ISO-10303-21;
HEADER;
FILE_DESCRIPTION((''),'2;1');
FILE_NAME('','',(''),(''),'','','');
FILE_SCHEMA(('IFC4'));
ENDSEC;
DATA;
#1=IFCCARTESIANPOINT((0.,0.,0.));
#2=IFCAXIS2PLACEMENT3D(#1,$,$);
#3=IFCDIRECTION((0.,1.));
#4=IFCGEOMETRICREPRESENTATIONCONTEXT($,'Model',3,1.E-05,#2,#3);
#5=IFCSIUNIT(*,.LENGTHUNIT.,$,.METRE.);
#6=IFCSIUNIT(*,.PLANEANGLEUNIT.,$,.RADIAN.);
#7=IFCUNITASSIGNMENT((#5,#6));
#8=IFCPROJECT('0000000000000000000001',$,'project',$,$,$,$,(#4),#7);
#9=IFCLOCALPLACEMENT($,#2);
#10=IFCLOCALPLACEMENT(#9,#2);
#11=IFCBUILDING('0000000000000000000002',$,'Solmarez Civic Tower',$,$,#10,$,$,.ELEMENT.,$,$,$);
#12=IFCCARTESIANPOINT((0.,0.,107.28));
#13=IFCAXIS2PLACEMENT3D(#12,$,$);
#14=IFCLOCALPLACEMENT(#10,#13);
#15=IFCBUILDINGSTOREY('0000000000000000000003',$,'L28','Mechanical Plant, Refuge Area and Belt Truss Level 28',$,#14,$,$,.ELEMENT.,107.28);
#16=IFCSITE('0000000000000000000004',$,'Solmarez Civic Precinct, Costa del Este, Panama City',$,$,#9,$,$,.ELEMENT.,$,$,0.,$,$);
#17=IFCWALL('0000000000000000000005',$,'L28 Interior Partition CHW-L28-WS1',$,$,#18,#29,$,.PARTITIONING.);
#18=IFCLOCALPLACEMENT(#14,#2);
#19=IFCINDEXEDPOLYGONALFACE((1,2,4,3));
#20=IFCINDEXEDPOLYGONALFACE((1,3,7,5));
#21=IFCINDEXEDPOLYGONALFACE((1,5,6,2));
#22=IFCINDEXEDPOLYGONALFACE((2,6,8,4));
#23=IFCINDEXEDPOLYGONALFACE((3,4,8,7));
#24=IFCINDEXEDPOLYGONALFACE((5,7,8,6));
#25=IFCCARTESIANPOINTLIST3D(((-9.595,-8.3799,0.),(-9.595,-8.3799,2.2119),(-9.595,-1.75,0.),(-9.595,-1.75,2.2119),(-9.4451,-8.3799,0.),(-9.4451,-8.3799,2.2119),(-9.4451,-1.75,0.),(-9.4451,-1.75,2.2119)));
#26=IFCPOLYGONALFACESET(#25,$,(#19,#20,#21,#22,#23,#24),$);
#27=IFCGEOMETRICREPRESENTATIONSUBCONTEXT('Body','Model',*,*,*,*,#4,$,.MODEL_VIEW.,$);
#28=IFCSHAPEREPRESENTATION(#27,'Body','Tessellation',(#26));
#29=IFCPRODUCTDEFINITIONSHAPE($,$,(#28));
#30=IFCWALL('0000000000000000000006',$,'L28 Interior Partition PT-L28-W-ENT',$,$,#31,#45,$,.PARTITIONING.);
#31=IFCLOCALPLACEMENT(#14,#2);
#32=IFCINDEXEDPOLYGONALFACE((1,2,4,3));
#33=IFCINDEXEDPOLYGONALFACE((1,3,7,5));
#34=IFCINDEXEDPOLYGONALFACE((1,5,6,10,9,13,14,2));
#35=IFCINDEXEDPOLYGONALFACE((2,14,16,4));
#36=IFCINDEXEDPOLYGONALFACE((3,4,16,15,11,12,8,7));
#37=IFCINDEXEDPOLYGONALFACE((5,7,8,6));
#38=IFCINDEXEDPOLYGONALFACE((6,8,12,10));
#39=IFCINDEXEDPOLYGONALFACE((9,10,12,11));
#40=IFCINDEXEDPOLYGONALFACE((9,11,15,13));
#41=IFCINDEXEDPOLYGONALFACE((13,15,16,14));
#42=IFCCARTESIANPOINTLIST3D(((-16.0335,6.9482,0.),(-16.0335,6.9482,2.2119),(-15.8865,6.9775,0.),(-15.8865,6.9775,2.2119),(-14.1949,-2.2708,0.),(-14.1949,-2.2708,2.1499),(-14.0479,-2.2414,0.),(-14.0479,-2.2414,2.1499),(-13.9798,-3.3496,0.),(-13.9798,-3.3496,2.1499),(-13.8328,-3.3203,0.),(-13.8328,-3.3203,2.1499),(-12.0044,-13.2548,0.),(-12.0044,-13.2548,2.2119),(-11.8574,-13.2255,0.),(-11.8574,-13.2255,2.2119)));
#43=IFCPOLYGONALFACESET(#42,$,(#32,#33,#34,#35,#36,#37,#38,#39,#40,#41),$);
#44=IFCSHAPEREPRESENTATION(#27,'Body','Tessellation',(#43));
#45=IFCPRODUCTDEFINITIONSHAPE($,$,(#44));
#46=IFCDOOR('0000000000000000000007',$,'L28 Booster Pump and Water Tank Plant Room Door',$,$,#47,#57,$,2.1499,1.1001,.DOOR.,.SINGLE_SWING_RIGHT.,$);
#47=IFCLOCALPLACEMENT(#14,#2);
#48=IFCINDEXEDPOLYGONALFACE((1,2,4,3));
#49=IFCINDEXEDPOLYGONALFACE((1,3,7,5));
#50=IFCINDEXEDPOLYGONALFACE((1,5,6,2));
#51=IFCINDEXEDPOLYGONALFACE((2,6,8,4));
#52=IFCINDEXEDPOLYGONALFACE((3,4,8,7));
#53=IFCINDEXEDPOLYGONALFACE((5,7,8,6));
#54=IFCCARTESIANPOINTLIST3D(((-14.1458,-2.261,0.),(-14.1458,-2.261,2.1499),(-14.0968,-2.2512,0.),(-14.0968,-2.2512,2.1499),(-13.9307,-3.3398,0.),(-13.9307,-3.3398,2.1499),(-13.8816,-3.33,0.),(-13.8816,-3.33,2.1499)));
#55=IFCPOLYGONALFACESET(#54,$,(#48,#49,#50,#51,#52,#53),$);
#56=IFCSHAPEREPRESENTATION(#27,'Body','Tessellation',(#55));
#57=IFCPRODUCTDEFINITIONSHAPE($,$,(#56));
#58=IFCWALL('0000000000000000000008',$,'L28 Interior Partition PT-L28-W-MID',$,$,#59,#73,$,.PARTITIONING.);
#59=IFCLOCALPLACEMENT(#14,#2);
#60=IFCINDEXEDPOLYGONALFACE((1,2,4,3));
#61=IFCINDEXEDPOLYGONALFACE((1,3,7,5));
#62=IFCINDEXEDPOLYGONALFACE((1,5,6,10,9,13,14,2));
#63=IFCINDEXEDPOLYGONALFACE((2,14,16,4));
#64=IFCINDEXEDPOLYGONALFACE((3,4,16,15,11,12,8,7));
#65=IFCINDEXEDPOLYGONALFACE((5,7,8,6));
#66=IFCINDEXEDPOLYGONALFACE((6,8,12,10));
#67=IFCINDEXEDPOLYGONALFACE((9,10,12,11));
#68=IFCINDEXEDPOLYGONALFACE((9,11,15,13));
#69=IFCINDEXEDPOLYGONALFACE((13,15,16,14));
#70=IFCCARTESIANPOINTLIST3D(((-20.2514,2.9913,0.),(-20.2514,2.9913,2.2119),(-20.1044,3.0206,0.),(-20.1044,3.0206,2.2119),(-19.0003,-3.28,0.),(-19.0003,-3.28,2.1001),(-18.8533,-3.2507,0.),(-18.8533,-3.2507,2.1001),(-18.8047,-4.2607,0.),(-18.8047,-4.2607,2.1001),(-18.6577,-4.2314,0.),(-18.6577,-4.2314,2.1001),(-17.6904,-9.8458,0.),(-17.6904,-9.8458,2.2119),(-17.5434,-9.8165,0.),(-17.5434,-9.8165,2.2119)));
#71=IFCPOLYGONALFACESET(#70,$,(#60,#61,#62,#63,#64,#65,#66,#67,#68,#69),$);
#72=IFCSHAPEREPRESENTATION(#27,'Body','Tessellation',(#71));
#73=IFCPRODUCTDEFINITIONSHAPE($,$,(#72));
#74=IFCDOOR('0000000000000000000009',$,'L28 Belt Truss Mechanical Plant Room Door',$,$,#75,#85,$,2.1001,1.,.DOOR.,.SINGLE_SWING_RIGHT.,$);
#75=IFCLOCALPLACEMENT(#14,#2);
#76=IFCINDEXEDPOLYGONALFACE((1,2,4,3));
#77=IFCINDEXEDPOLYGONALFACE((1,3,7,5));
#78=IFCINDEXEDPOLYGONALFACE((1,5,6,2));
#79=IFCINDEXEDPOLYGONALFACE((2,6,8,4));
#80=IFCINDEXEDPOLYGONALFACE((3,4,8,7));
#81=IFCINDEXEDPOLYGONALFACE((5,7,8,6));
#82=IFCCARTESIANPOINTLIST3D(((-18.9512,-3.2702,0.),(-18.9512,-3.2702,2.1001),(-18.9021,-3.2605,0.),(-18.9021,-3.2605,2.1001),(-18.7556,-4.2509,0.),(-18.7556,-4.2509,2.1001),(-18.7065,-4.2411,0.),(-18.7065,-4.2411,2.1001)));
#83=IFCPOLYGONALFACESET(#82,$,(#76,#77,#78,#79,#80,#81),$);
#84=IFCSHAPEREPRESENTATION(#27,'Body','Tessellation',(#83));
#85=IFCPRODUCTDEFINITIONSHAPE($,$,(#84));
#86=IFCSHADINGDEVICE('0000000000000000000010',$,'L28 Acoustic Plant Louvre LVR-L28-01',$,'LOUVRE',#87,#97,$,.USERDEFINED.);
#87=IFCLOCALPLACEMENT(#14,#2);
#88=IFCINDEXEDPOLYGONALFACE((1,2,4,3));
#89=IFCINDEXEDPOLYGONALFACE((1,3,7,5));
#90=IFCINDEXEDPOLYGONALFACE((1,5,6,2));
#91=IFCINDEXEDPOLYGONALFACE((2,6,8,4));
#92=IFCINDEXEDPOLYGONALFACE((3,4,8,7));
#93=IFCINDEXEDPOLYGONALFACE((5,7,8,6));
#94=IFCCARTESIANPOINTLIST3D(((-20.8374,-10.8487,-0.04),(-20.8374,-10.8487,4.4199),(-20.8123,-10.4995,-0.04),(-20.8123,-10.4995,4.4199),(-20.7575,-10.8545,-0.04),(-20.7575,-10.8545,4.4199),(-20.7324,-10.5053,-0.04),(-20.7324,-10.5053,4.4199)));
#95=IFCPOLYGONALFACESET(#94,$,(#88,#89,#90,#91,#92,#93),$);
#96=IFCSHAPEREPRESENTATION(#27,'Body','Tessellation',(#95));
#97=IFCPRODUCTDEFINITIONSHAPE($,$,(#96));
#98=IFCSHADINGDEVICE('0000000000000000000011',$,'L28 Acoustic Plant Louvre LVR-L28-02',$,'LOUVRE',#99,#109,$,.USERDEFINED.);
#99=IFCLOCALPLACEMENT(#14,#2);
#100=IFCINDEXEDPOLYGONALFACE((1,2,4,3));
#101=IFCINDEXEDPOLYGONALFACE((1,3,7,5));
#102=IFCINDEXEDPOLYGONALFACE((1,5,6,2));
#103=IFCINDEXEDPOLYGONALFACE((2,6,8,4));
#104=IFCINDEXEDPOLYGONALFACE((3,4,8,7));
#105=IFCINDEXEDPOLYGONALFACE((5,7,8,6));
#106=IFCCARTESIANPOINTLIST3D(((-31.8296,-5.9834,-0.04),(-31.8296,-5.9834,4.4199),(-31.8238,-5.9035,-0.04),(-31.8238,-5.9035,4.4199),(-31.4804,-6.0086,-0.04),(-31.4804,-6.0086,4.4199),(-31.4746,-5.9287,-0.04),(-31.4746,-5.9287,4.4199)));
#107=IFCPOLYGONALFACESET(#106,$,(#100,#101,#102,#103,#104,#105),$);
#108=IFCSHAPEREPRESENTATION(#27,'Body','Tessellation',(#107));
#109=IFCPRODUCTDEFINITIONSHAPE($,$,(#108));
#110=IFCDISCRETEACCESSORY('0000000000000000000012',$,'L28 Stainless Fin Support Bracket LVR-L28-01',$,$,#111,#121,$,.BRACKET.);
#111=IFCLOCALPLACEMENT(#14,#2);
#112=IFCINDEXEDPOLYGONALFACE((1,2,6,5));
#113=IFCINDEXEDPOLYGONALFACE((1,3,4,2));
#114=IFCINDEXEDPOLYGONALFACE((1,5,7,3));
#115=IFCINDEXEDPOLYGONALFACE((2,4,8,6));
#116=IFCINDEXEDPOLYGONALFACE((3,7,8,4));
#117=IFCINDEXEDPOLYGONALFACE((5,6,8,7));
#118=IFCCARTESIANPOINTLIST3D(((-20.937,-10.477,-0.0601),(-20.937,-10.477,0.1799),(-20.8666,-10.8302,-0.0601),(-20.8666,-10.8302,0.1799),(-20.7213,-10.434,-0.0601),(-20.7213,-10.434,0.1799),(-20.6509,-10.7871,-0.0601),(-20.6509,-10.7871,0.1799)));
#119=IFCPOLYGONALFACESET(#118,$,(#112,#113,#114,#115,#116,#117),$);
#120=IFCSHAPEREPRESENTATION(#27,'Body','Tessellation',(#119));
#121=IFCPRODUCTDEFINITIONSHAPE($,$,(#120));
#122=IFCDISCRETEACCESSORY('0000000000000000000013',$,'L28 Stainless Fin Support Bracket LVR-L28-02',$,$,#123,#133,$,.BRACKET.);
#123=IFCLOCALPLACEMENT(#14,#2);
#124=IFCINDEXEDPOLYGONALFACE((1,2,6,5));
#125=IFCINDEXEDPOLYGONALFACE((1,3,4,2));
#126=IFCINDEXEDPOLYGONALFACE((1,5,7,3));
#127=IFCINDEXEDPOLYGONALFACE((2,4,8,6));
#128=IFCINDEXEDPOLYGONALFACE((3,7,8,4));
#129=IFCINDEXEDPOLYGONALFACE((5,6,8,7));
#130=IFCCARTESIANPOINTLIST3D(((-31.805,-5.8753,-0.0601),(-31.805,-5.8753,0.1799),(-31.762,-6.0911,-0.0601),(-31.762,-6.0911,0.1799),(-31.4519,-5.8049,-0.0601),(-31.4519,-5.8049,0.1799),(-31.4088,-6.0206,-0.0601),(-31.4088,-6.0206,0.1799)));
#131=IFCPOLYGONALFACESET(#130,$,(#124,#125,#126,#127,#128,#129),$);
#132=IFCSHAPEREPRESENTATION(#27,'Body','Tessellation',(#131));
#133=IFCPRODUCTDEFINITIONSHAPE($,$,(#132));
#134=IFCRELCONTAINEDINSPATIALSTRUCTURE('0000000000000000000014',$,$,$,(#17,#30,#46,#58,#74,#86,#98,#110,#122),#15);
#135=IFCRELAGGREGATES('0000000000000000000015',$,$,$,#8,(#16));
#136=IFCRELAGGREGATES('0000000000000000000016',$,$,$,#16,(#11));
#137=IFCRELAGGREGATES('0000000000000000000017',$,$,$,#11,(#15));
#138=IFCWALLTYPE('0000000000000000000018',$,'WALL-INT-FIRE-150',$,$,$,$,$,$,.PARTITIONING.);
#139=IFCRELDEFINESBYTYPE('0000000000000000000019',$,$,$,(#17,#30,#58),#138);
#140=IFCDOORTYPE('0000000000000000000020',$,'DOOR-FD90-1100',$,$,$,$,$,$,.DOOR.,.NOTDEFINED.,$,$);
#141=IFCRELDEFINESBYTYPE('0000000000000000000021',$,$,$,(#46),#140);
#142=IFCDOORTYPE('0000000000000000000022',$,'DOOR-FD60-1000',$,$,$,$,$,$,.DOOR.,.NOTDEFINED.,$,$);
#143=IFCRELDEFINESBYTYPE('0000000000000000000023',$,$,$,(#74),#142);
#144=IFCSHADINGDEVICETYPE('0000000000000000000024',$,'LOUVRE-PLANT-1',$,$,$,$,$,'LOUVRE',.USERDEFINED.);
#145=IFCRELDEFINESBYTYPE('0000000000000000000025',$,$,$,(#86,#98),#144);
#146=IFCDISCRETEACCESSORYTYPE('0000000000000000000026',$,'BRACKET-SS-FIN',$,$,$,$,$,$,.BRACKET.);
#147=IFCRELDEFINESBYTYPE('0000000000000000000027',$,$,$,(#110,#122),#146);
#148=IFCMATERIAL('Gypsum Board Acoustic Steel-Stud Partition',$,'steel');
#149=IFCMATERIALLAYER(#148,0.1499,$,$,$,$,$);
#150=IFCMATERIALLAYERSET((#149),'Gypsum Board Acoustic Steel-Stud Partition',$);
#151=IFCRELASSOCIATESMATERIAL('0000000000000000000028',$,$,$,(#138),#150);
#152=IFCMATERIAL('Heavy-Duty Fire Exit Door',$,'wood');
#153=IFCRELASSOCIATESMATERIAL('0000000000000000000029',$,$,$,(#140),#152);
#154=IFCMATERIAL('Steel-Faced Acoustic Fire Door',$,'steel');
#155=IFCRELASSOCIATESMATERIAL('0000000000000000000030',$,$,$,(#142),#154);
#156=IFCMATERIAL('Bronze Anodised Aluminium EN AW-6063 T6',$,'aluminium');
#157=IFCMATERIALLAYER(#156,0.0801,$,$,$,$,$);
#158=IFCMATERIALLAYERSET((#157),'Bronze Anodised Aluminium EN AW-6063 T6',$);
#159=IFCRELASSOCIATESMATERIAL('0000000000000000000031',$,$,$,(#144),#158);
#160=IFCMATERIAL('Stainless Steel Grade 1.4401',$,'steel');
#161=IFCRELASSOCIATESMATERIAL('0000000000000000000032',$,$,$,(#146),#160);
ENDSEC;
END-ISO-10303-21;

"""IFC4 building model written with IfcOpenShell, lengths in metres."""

from ifc_helpers import new_model, si_unit, direction, frame, frame_2d, origin, origin_2d, place, context, subcontext, project, spatial, rectangle, extrude, material, layer, layer_set, type_object, element, fill, save


model = new_model("IFC4")

# Units and contexts
model_context = context("Model", 3, precision=1e-05, world=origin(), true_north=direction((0.0, 1.0)))
body_context = subcontext(model_context, "Body", "Model", "MODEL_VIEW")
ifc_project = project(units=[si_unit("LENGTHUNIT", "METRE"), si_unit("PLANEANGLEUNIT", "RADIAN")], contexts=[model_context])

# Site, building, storey
site_placement = place(None, origin())
site = spatial("IfcSite", under=ifc_project, at=site_placement, Name="Solmarez Civic Precinct, Costa del Este, Panama City", CompositionType="ELEMENT", RefElevation=0.0)
building_placement = place(site_placement, origin())
building = spatial("IfcBuilding", under=site, at=building_placement, Name="Solmarez Civic Tower", CompositionType="ELEMENT")
storey_placement = place(building_placement, frame((0.0, 0.0, 107.28)))
storey = spatial("IfcBuildingStorey", under=building, at=storey_placement, Name="L28", Description="Mechanical Plant, Refuge Area and Belt Truss Level 28", CompositionType="ELEMENT", Elevation=107.28)

# Wall
ifc_material_1 = material(Name="Gypsum Board Acoustic Steel-Stud Partition", Category="steel")
ifc_layer_1 = layer(ifc_material_1, 0.1499)
ifc_layer_set_1 = layer_set([ifc_layer_1], Name="Gypsum Board Acoustic Steel-Stud Partition")
wall_type_1 = type_object("IfcWallType", Name="WALL-INT-FIRE-150", PredefinedType="PARTITIONING", material=ifc_layer_set_1)
wall_1_placement = place(storey_placement, frame((-9.52, -8.3799, 0.0), z_axis=(0.0, 0.0, 1.0), x_axis=(0.0, 1.0, 0.0)))
element("IfcWall", 1, at=wall_1_placement, inside=storey, type_object=wall_type_1, Name="L28 Interior Partition CHW-L28-WS1", PredefinedType="PARTITIONING", context=body_context, shape_type="SweptSolid", body=[
    extrude(rectangle(XDim=6.6299, YDim=0.1499, at=frame_2d((3.3149, 0.0))), origin(), (0.0, 0.0, 1.0), 2.2119),
])

# Walls, openings, doors
wall_2_placement = place(storey_placement, frame((-11.9309, -13.24, 0.0), z_axis=(0.0, 0.0, 1.0), x_axis=(-0.195578, 0.980688, 0.0)))
wall_2 = element("IfcWall", 2, at=wall_2_placement, inside=storey, type_object=wall_type_1, Name="L28 Interior Partition PT-L28-W-ENT", PredefinedType="PARTITIONING", context=body_context, shape_type="SweptSolid", body=[
    extrude(rectangle(XDim=20.6008, YDim=0.1499, at=frame_2d((10.3003, 0.0))), origin(), (0.0, 0.0, 1.0), 2.2119),
])
opening_1_placement = place(wall_2_placement, frame((10.1001, 0.0, 0.0)))
opening_1 = element("IfcOpeningElement", 3, at=opening_1_placement, cuts=wall_2, PredefinedType="OPENING", context=body_context, shape_type="SweptSolid", body=[
    extrude(rectangle(XDim=1.1001, YDim=2.1499, at=frame_2d((0.55, 1.075))), frame((0.0, 0.085, 0.0), z_axis=(0.0, -1.0, 0.0), x_axis=(1.0, 0.0, 0.0)), (0.0, 0.0, 1.0), 0.1699),
])
ifc_material_2 = material(Name="Heavy-Duty Fire Exit Door", Category="wood")
door_type_1 = type_object("IfcDoorType", Name="DOOR-FD90-1100", OperationType="NOTDEFINED", PredefinedType="DOOR", material=ifc_material_2)
door_1_placement = place(opening_1_placement, origin())
door_1 = element("IfcDoor", 4, at=door_1_placement, inside=storey, type_object=door_type_1, Name="L28 Booster Pump and Water Tank Plant Room Door", OperationType="SINGLE_SWING_RIGHT", OverallHeight=2.1499, OverallWidth=1.1001, PredefinedType="DOOR", context=body_context, shape_type="SweptSolid", body=[
    extrude(rectangle(XDim=1.1001, YDim=2.1499, at=frame_2d((0.55, 1.075))), frame((0.0, 0.0249, 0.0), z_axis=(0.0, -1.0, 0.0), x_axis=(1.0, 0.0, 0.0)), (0.0, 0.0, 1.0), 0.05),
])
fill(opening_1, door_1)
wall_3_placement = place(storey_placement, frame((-17.6169, -9.8311, 0.0), z_axis=(0.0, 0.0, 1.0), x_axis=(-0.195646, 0.980675, 0.0)))
wall_3 = element("IfcWall", 5, at=wall_3_placement, inside=storey, type_object=wall_type_1, Name="L28 Interior Partition PT-L28-W-MID", PredefinedType="PARTITIONING", context=body_context, shape_type="SweptSolid", body=[
    extrude(rectangle(XDim=13.0901, YDim=0.1499, at=frame_2d((6.5449, 0.0))), origin(), (0.0, 0.0, 1.0), 2.2119),
])
opening_2_placement = place(wall_3_placement, frame((5.6951, 0.0, 0.0)))
opening_2 = element("IfcOpeningElement", 6, at=opening_2_placement, cuts=wall_3, PredefinedType="OPENING", context=body_context, shape_type="SweptSolid", body=[
    extrude(rectangle(XDim=1.0, YDim=2.1001, at=frame_2d((0.5, 1.05))), frame((0.0, 0.085, 0.0), z_axis=(0.0, -1.0, 0.0), x_axis=(1.0, 0.0, 0.0)), (0.0, 0.0, 1.0), 0.1699),
])
ifc_material_3 = material(Name="Steel-Faced Acoustic Fire Door", Category="steel")
door_type_2 = type_object("IfcDoorType", Name="DOOR-FD60-1000", OperationType="NOTDEFINED", PredefinedType="DOOR", material=ifc_material_3)
door_2_placement = place(opening_2_placement, origin())
door_2 = element("IfcDoor", 7, at=door_2_placement, inside=storey, type_object=door_type_2, Name="L28 Belt Truss Mechanical Plant Room Door", OperationType="SINGLE_SWING_RIGHT", OverallHeight=2.1001, OverallWidth=1.0, PredefinedType="DOOR", context=body_context, shape_type="SweptSolid", body=[
    extrude(rectangle(XDim=1.0, YDim=2.1001, at=frame_2d((0.5, 1.05))), frame((0.0, 0.0249, 0.0), z_axis=(0.0, -1.0, 0.0), x_axis=(1.0, 0.0, 0.0)), (0.0, 0.0, 1.0), 0.05),
])
fill(opening_2, door_2)

# Shading devices
ifc_material_4 = material(Name="Bronze Anodised Aluminium EN AW-6063 T6", Category="aluminium")
ifc_layer_2 = layer(ifc_material_4, 0.0801)
ifc_layer_set_2 = layer_set([ifc_layer_2], Name="Bronze Anodised Aluminium EN AW-6063 T6")
shading_device_type = type_object("IfcShadingDeviceType", Name="LOUVRE-PLANT-1", ElementType="LOUVRE", PredefinedType="USERDEFINED", material=ifc_layer_set_2)
for number, where, z_axis, x_axis, name in (
    (8, (-20.7849, -10.677, -0.04), (0.0, 0.0, 1.0), (-0.071828, -0.997417, 0.0), "L28 Acoustic Plant Louvre LVR-L28-01"),
    (9, (-31.6521, -5.9561, -0.04), (0.0, 0.0, 1.0), (-0.997412, 0.071898, 0.0), "L28 Acoustic Plant Louvre LVR-L28-02"),
):
    element("IfcShadingDevice", number, at=place(storey_placement, frame(where, z_axis=z_axis, x_axis=x_axis)), inside=storey, type_object=shading_device_type, Name=name, ObjectType="LOUVRE", PredefinedType="USERDEFINED", context=body_context, shape_type="SweptSolid", body=[
        extrude(rectangle(XDim=0.3501, YDim=0.0801, at=origin_2d()), origin(), (0.0, 0.0, 1.0), 4.46),
    ])

# Discrete accessories
ifc_material_5 = material(Name="Stainless Steel Grade 1.4401", Category="steel")
discrete_accessory_type = type_object("IfcDiscreteAccessoryType", Name="BRACKET-SS-FIN", PredefinedType="BRACKET", material=ifc_material_5)
for number, where, z_axis, x_axis, name in (
    (10, (-20.7939, -10.6321, -0.0601), (0.0, 0.0, 1.0), (0.195616, -0.980681, 0.0), "L28 Stainless Fin Support Bracket LVR-L28-01"),
    (11, (-31.6069, -5.948, -0.0601), (0.0, 0.0, 1.0), (-0.980693, -0.195554, 0.0), "L28 Stainless Fin Support Bracket LVR-L28-02"),
):
    element("IfcDiscreteAccessory", number, at=place(storey_placement, frame(where, z_axis=z_axis, x_axis=x_axis)), inside=storey, type_object=discrete_accessory_type, Name=name, PredefinedType="BRACKET", context=body_context, shape_type="SweptSolid", body=[
        extrude(rectangle(XDim=0.3601, YDim=0.22, at=origin_2d()), origin(), (0.0, 0.0, 1.0), 0.24),
    ])

save(model, "model.ifc")
